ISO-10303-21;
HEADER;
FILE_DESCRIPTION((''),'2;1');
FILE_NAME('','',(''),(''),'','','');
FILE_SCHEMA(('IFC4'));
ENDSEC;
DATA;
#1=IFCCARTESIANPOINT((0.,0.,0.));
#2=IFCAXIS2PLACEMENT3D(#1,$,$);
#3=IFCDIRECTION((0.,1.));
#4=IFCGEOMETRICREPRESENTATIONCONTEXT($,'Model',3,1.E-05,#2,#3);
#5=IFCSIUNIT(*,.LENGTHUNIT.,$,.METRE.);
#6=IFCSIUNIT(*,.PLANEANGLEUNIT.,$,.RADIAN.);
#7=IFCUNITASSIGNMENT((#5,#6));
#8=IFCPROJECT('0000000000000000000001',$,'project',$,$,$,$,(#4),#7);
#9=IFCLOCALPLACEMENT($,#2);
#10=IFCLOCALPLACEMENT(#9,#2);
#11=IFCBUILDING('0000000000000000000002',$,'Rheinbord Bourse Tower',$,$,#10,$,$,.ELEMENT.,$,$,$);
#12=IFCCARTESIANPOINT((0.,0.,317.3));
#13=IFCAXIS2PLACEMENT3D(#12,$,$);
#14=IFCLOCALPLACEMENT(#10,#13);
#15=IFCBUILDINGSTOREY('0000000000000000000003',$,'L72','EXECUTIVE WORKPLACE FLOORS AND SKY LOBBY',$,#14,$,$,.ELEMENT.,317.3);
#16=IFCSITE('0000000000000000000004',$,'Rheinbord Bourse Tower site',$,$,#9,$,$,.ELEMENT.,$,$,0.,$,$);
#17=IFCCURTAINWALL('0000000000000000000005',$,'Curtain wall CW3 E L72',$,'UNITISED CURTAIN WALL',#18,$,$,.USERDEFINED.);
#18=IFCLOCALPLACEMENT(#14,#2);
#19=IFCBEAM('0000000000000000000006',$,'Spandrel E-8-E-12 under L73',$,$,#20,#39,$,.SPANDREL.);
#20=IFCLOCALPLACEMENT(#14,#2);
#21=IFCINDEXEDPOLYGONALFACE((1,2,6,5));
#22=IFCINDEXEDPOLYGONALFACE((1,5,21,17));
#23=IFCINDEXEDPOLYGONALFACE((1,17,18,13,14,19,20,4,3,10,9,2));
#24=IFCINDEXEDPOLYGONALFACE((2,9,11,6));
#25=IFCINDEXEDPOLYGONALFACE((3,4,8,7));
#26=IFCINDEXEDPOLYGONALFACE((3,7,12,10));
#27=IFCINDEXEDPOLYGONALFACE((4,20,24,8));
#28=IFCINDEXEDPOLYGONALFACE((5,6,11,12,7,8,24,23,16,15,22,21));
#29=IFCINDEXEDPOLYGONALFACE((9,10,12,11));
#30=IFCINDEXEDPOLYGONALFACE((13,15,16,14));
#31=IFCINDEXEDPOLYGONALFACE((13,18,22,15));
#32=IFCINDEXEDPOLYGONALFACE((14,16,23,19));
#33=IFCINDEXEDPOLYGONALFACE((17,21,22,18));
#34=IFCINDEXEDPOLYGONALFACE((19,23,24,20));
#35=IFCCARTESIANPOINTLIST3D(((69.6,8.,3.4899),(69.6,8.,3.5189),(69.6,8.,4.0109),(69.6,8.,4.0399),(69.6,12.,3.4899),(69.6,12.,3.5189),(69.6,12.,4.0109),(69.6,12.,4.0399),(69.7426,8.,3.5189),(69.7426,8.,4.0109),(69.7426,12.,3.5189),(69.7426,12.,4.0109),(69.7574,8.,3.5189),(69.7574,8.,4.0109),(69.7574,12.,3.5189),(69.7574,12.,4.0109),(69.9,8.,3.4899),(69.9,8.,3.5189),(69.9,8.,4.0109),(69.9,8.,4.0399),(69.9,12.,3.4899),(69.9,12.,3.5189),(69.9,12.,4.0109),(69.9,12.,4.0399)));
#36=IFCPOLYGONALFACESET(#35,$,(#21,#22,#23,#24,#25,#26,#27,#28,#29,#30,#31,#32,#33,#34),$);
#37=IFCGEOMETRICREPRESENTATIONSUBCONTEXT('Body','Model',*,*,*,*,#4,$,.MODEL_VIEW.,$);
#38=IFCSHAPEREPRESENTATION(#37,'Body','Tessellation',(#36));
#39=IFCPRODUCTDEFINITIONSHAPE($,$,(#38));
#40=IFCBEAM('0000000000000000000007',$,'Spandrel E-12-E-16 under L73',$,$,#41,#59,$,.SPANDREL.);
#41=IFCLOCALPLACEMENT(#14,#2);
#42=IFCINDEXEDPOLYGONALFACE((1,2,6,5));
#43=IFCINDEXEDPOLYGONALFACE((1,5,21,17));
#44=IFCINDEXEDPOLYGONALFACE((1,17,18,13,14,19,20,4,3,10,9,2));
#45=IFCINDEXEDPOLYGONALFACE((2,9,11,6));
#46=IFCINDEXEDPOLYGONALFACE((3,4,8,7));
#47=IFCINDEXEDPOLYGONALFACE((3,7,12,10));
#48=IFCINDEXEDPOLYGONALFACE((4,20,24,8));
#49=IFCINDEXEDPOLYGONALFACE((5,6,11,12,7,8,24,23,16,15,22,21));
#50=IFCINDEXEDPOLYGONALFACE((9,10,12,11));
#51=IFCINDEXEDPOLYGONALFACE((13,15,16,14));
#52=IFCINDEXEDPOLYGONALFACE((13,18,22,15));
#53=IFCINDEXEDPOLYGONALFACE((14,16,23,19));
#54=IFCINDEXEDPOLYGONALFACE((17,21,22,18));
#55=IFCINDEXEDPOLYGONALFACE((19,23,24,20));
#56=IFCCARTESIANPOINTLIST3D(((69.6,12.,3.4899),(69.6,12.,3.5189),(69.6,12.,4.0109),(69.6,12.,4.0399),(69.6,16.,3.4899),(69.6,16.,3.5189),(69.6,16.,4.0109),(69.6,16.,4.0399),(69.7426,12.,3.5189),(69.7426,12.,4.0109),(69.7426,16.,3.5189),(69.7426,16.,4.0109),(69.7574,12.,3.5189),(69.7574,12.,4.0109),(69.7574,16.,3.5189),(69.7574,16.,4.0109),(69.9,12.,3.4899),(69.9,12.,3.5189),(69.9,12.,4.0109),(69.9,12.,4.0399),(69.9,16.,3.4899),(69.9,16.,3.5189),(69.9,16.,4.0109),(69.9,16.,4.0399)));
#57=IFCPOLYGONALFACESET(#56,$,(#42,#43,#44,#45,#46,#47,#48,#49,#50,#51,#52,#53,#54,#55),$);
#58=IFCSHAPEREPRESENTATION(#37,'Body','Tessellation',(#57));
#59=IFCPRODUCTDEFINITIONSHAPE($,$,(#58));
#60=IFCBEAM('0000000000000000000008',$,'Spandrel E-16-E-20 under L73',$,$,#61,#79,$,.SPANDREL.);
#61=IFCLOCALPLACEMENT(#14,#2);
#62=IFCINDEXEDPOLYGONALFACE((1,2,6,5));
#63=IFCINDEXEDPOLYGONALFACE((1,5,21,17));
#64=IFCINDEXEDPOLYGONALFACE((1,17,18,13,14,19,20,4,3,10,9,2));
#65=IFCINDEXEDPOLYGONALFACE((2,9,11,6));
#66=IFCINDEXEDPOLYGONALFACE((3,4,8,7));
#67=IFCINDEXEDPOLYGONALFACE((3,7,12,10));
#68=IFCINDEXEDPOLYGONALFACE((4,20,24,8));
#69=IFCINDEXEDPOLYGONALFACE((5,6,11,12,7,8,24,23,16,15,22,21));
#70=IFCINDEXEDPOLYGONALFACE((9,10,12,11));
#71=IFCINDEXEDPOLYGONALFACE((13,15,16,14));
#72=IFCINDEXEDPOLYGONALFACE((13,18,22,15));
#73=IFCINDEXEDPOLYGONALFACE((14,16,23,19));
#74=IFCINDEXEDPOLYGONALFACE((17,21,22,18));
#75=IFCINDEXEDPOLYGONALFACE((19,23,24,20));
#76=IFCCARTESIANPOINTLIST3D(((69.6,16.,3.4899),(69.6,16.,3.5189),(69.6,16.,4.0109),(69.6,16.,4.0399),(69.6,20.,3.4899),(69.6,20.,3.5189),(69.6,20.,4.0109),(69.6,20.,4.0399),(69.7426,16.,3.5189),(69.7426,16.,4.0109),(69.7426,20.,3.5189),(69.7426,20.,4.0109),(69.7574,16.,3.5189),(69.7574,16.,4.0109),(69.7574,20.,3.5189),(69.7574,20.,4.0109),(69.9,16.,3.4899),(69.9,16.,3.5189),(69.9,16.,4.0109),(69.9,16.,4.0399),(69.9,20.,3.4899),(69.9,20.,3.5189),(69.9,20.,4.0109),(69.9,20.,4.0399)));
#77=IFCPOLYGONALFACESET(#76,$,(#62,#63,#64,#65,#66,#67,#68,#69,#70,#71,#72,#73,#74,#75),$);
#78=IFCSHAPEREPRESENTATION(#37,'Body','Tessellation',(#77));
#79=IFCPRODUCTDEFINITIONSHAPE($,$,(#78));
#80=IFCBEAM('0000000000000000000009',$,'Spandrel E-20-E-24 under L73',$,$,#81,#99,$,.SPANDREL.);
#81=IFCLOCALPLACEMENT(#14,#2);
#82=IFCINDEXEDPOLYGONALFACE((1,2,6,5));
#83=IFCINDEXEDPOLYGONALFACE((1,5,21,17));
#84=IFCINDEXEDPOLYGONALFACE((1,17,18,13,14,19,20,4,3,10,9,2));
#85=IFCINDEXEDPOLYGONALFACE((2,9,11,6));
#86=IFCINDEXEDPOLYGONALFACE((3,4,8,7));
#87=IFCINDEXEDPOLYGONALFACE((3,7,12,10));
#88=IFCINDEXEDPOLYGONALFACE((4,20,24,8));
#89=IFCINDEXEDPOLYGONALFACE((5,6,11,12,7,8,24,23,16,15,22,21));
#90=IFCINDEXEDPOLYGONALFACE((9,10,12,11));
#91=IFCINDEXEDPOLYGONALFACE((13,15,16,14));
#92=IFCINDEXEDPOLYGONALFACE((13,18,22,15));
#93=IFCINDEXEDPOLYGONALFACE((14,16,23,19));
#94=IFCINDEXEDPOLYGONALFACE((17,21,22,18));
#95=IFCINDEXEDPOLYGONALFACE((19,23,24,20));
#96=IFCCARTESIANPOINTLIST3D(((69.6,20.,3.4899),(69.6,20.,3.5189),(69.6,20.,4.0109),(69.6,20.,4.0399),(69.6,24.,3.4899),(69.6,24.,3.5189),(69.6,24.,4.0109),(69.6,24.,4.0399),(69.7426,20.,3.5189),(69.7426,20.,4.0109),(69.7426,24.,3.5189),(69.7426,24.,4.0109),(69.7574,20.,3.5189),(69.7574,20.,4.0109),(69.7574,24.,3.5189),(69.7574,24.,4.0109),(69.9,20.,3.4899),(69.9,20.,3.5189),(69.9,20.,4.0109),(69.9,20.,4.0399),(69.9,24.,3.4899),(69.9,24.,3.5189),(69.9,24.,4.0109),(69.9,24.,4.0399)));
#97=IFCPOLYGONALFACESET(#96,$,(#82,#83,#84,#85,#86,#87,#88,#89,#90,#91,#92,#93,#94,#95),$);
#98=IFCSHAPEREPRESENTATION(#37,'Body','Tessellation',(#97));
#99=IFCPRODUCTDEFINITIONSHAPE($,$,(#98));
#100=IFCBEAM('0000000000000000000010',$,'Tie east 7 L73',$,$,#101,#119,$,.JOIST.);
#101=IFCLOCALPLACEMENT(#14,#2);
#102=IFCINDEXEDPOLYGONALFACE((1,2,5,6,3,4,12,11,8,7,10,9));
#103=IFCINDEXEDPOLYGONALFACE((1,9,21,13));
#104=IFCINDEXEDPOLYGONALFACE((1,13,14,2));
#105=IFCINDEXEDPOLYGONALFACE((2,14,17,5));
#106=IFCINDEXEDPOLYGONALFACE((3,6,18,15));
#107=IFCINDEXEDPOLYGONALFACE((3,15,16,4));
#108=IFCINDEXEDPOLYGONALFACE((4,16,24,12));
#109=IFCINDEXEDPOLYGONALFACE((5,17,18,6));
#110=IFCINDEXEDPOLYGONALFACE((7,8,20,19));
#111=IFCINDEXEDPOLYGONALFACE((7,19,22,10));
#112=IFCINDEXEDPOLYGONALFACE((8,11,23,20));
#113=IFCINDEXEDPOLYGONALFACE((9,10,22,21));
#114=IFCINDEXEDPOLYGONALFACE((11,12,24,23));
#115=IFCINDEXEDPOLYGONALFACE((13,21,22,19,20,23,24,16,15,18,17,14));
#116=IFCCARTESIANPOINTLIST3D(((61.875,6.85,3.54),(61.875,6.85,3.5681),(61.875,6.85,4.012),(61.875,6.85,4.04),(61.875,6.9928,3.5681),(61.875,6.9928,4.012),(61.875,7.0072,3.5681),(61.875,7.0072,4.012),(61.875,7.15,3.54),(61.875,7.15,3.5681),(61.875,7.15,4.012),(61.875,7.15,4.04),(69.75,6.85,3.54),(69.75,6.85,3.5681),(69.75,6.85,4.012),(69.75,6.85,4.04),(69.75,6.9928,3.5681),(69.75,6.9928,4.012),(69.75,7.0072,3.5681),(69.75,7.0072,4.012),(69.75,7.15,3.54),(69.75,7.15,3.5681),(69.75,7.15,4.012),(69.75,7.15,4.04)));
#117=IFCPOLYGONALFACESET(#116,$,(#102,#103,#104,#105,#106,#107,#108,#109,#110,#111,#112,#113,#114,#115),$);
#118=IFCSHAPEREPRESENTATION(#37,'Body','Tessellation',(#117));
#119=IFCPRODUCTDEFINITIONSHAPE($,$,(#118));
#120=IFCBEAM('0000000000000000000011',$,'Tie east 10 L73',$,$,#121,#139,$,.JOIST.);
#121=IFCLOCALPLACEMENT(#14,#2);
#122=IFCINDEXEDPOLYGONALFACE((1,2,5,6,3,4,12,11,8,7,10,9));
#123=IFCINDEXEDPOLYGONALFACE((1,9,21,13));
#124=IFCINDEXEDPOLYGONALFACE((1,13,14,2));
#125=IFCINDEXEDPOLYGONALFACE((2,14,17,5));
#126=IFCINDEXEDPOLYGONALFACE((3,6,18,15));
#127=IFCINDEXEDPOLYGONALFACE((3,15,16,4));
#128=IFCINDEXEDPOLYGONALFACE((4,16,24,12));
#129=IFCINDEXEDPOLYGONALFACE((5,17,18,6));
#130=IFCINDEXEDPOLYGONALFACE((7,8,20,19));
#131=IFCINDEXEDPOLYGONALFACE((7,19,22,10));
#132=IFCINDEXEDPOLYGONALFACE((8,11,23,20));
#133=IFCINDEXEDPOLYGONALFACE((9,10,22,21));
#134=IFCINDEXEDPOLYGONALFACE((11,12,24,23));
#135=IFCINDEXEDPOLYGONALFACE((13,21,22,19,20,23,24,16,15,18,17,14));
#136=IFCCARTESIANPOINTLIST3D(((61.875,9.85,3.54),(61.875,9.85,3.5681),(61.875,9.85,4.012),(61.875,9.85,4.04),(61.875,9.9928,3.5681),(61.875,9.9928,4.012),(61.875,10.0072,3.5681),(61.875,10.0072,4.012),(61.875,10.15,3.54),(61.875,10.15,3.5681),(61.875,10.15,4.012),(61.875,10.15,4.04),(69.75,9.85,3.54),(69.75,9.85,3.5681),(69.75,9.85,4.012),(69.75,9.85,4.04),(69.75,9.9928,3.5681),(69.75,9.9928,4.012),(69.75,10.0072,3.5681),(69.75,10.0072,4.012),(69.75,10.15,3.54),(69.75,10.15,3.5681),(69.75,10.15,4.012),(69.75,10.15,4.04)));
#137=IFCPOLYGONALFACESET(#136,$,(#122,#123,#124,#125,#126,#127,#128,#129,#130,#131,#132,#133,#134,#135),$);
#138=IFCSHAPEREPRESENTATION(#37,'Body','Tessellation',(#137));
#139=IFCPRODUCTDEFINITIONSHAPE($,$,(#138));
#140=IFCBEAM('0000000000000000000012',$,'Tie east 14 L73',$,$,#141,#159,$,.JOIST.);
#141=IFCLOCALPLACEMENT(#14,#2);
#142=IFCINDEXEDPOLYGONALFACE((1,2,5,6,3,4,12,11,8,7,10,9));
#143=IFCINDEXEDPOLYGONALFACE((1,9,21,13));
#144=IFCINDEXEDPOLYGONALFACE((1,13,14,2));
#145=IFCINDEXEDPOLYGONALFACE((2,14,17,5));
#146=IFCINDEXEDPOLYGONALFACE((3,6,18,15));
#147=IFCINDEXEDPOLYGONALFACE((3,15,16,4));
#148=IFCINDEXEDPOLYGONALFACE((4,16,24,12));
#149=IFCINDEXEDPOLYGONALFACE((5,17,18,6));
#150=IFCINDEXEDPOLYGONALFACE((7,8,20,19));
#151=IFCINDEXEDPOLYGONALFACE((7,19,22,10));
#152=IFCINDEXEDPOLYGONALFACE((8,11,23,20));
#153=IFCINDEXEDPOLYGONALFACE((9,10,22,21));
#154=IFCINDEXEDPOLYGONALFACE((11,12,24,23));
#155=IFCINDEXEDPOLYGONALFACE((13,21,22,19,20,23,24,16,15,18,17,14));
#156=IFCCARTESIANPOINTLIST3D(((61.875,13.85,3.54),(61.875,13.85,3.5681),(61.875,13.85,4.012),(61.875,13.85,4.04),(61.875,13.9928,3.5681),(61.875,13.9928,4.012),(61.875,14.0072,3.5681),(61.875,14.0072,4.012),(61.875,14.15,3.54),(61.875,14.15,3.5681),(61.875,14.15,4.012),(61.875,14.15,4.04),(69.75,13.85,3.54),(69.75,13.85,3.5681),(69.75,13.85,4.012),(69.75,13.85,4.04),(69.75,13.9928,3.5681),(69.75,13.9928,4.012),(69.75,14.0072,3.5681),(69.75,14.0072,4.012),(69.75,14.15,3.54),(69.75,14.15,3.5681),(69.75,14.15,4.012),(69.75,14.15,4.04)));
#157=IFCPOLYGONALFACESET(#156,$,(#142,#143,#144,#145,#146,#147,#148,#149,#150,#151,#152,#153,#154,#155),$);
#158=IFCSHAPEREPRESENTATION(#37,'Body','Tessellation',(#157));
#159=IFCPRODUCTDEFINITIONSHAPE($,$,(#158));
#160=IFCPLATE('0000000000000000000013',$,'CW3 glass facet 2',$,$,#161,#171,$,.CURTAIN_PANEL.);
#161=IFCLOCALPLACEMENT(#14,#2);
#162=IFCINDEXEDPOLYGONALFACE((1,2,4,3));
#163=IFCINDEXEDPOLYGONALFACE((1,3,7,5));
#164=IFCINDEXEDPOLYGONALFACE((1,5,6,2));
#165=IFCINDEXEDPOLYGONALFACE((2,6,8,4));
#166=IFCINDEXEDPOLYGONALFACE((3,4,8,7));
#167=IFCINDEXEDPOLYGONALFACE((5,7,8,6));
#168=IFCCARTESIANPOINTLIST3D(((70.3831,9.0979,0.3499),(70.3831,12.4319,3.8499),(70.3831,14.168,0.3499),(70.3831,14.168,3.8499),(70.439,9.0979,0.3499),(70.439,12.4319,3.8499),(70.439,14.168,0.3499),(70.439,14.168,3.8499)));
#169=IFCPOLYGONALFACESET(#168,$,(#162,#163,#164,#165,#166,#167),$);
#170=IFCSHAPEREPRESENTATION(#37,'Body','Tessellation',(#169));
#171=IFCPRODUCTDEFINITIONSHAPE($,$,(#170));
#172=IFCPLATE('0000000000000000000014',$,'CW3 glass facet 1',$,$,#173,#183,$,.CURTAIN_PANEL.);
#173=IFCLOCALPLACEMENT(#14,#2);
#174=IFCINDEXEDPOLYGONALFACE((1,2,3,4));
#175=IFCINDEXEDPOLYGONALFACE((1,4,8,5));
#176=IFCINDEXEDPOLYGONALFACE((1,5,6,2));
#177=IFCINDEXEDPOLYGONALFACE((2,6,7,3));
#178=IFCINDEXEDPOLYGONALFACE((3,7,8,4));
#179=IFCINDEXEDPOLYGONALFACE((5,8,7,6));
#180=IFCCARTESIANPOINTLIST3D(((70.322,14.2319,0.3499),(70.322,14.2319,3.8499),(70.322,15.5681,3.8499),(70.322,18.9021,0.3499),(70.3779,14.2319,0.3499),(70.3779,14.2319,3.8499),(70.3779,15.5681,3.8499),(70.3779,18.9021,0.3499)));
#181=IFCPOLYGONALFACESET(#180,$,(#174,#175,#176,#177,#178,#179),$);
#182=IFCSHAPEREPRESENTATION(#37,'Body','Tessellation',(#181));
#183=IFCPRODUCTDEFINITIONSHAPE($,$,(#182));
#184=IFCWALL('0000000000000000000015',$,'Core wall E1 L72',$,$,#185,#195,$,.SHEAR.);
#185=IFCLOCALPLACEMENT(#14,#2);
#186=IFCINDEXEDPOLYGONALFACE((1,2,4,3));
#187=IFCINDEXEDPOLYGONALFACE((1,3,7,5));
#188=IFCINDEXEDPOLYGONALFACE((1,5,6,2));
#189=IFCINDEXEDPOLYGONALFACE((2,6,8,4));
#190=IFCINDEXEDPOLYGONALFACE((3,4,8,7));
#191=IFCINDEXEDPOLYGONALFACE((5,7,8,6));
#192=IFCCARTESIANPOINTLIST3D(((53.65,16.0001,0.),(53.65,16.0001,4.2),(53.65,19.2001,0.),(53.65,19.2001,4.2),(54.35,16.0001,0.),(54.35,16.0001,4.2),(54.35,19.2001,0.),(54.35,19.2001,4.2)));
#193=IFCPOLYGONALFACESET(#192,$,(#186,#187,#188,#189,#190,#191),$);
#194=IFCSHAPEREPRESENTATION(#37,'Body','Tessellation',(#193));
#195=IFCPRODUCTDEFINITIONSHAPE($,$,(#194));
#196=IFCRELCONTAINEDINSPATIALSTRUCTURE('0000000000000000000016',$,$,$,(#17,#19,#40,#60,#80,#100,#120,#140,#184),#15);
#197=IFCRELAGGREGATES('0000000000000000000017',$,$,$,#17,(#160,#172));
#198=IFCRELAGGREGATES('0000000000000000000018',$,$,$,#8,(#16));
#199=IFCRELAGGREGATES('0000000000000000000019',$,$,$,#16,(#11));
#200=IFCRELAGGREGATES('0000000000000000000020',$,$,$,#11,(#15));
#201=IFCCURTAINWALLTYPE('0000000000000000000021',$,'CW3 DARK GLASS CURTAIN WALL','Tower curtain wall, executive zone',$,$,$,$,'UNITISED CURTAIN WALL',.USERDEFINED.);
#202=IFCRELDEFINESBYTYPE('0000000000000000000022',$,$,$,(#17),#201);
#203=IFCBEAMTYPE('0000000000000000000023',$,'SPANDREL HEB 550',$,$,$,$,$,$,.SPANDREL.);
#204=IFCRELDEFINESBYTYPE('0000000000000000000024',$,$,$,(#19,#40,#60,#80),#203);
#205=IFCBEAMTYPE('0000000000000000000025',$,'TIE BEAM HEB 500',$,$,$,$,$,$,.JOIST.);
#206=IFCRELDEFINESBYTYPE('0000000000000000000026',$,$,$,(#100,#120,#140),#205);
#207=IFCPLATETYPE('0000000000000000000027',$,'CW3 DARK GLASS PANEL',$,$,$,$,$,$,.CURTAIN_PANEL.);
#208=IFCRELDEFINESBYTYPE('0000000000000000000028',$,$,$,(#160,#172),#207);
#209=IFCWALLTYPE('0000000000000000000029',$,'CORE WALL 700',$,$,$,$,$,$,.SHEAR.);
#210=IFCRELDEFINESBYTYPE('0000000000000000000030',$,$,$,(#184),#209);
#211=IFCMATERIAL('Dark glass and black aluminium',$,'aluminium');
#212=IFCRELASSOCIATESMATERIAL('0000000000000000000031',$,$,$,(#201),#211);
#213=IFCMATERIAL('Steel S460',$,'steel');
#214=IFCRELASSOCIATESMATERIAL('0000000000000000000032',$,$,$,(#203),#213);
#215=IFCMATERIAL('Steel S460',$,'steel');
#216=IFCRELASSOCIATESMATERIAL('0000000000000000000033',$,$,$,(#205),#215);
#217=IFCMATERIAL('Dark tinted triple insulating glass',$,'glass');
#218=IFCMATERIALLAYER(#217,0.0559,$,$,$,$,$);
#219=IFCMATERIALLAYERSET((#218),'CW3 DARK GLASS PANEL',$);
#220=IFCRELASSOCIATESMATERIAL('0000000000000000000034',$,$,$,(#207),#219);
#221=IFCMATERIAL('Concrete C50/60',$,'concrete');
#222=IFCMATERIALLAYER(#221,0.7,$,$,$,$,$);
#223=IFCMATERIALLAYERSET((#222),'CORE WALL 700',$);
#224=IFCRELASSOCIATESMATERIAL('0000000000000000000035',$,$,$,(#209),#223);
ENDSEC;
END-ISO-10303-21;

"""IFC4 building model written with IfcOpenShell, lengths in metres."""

from ifc_helpers import new_model, si_unit, direction, frame, frame_2d, origin, origin_2d, place, context, subcontext, project, spatial, polyline, rectangle, i_section, outline, extrude, material, layer, layer_set, material_profile, profile_set, type_object, element, aggregate, save


model = new_model("IFC4")

# Units and contexts
model_context = context("Model", 3, precision=1e-05, world=origin(), true_north=direction((0.0, 1.0)))
body_context = subcontext(model_context, "Body", "Model", "MODEL_VIEW")
ifc_project = project(units=[si_unit("LENGTHUNIT", "METRE"), si_unit("PLANEANGLEUNIT", "RADIAN")], contexts=[model_context])

# Site, building, storey
site_placement = place(None, origin())
site = spatial("IfcSite", under=ifc_project, at=site_placement, Name="Rheinbord Bourse Tower site", CompositionType="ELEMENT", RefElevation=0.0)
building_placement = place(site_placement, origin())
building = spatial("IfcBuilding", under=site, at=building_placement, Name="Rheinbord Bourse Tower", CompositionType="ELEMENT")
storey_placement = place(building_placement, frame((0.0, 0.0, 317.3)))
storey = spatial("IfcBuildingStorey", under=building, at=storey_placement, Name="L72", Description="EXECUTIVE WORKPLACE FLOORS AND SKY LOBBY", CompositionType="ELEMENT", Elevation=317.3)

# Curtain wall
ifc_material_1 = material(Name="Dark glass and black aluminium", Category="aluminium")
curtain_wall_type = type_object("IfcCurtainWallType", Name="CW3 DARK GLASS CURTAIN WALL", Description="Tower curtain wall, executive zone", ElementType="UNITISED CURTAIN WALL", PredefinedType="USERDEFINED", material=ifc_material_1)
curtain_wall_placement = place(storey_placement, origin())
curtain_wall = element("IfcCurtainWall", 1, at=curtain_wall_placement, inside=storey, type_object=curtain_wall_type, Name="Curtain wall CW3 E L72", ObjectType="UNITISED CURTAIN WALL", PredefinedType="USERDEFINED")

# Beams
ifc_material_2 = material(Name="Steel S460", Category="steel")
ifc_material_profile_1 = material_profile(ifc_material_2, i_section(OverallWidth=0.3, OverallDepth=0.55, WebThickness=0.0149, FlangeThickness=0.0291, at=origin_2d()), Name="HEB 550")
ifc_profile_set_1 = profile_set([ifc_material_profile_1], Name="Steel S460")
beam_type_1 = type_object("IfcBeamType", Name="SPANDREL HEB 550", PredefinedType="SPANDREL", material=ifc_profile_set_1)
for number, where, z_axis, x_axis, name in (
    (2, (69.75, 8.0, 3.7649), (0.0, 1.0, 0.0), (-1.0, 0.0, 0.0), "Spandrel E-8-E-12 under L73"),
    (3, (69.75, 12.0, 3.7649), (0.0, 1.0, 0.0), (-1.0, 0.0, 0.0), "Spandrel E-12-E-16 under L73"),
    (4, (69.75, 16.0, 3.7649), (0.0, 1.0, 0.0), (-1.0, 0.0, 0.0), "Spandrel E-16-E-20 under L73"),
    (5, (69.75, 20.0, 3.7649), (0.0, 1.0, 0.0), (-1.0, 0.0, 0.0), "Spandrel E-20-E-24 under L73"),
):
    element("IfcBeam", number, at=place(storey_placement, frame(where, z_axis=z_axis, x_axis=x_axis)), inside=storey, type_object=beam_type_1, Name=name, PredefinedType="SPANDREL", context=body_context, shape_type="SweptSolid", body=[
        extrude(i_section(OverallWidth=0.3, OverallDepth=0.55, WebThickness=0.0149, FlangeThickness=0.0291, at=origin_2d()), origin(), (0.0, 0.0, 1.0), 4.0),
    ])
ifc_material_3 = material(Name="Steel S460", Category="steel")
ifc_material_profile_2 = material_profile(ifc_material_3, i_section(OverallWidth=0.3, OverallDepth=0.5, WebThickness=0.0144, FlangeThickness=0.0281, at=origin_2d()), Name="HEB 500")
ifc_profile_set_2 = profile_set([ifc_material_profile_2], Name="Steel S460")
beam_type_2 = type_object("IfcBeamType", Name="TIE BEAM HEB 500", PredefinedType="JOIST", material=ifc_profile_set_2)
for number, where, z_axis, x_axis, name in (
    (6, (61.875, 7.0, 3.79), (1.0, 0.0, 0.0), (0.0, 1.0, 0.0), "Tie east 7 L73"),
    (7, (61.875, 10.0, 3.79), (1.0, 0.0, 0.0), (0.0, 1.0, 0.0), "Tie east 10 L73"),
    (8, (61.875, 14.0, 3.79), (1.0, 0.0, 0.0), (0.0, 1.0, 0.0), "Tie east 14 L73"),
):
    element("IfcBeam", number, at=place(storey_placement, frame(where, z_axis=z_axis, x_axis=x_axis)), inside=storey, type_object=beam_type_2, Name=name, PredefinedType="JOIST", context=body_context, shape_type="SweptSolid", body=[
        extrude(i_section(OverallWidth=0.3, OverallDepth=0.5, WebThickness=0.0144, FlangeThickness=0.0281, at=origin_2d()), origin(), (0.0, 0.0, 1.0), 7.875),
    ])

# Plates
ifc_material_4 = material(Name="Dark tinted triple insulating glass", Category="glass")
ifc_layer_1 = layer(ifc_material_4, 0.0559)
ifc_layer_set_1 = layer_set([ifc_layer_1], Name="CW3 DARK GLASS PANEL")
plate_type = type_object("IfcPlateType", Name="CW3 DARK GLASS PANEL", PredefinedType="CURTAIN_PANEL", material=ifc_layer_set_1)
plate_1_placement = place(storey_placement, frame((70.439, 14.168, 3.8499), z_axis=(-1.0, 0.0, 0.0), x_axis=(0.0, 0.0, -1.0)))
plate_1 = element("IfcPlate", 9, at=plate_1_placement, type_object=plate_type, Name="CW3 glass facet 2", PredefinedType="CURTAIN_PANEL", context=body_context, shape_type="SweptSolid", body=[
    extrude(outline(polyline([(0.0, 0.0), (3.5, 0.0), (3.5, 5.0701), (0.0, 1.7361), (0.0, 0.0)])), origin(), (0.0, 0.0, 1.0), 0.0559),
])
plate_2_placement = place(storey_placement, frame((70.3779, 14.2319, 0.3499), z_axis=(-1.0, 0.0, 0.0), x_axis=(0.0, 0.0, 1.0)))
plate_2 = element("IfcPlate", 10, at=plate_2_placement, type_object=plate_type, Name="CW3 glass facet 1", PredefinedType="CURTAIN_PANEL", context=body_context, shape_type="SweptSolid", body=[
    extrude(outline(polyline([(0.0, 0.0), (3.5, 0.0), (3.5, 1.3362), (0.0, 4.6702), (0.0, 0.0)])), origin(), (0.0, 0.0, 1.0), 0.0559),
])
aggregate(curtain_wall, [plate_1, plate_2])

# Wall
ifc_material_5 = material(Name="Concrete C50/60", Category="concrete")
ifc_layer_2 = layer(ifc_material_5, 0.7)
ifc_layer_set_2 = layer_set([ifc_layer_2], Name="CORE WALL 700")
wall_type_1 = type_object("IfcWallType", Name="CORE WALL 700", PredefinedType="SHEAR", material=ifc_layer_set_2)
wall_1_placement = place(storey_placement, frame((54.0, 16.0, 0.0), z_axis=(0.0, 0.0, 1.0), x_axis=(0.0, 1.0, 0.0)))
element("IfcWall", 11, at=wall_1_placement, inside=storey, type_object=wall_type_1, Name="Core wall E1 L72", PredefinedType="SHEAR", context=body_context, shape_type="SweptSolid", body=[
    extrude(rectangle(XDim=3.2, YDim=0.7, at=frame_2d((1.6001, 0.0))), origin(), (0.0, 0.0, 1.0), 4.2),
])

save(model, "model.ifc")
